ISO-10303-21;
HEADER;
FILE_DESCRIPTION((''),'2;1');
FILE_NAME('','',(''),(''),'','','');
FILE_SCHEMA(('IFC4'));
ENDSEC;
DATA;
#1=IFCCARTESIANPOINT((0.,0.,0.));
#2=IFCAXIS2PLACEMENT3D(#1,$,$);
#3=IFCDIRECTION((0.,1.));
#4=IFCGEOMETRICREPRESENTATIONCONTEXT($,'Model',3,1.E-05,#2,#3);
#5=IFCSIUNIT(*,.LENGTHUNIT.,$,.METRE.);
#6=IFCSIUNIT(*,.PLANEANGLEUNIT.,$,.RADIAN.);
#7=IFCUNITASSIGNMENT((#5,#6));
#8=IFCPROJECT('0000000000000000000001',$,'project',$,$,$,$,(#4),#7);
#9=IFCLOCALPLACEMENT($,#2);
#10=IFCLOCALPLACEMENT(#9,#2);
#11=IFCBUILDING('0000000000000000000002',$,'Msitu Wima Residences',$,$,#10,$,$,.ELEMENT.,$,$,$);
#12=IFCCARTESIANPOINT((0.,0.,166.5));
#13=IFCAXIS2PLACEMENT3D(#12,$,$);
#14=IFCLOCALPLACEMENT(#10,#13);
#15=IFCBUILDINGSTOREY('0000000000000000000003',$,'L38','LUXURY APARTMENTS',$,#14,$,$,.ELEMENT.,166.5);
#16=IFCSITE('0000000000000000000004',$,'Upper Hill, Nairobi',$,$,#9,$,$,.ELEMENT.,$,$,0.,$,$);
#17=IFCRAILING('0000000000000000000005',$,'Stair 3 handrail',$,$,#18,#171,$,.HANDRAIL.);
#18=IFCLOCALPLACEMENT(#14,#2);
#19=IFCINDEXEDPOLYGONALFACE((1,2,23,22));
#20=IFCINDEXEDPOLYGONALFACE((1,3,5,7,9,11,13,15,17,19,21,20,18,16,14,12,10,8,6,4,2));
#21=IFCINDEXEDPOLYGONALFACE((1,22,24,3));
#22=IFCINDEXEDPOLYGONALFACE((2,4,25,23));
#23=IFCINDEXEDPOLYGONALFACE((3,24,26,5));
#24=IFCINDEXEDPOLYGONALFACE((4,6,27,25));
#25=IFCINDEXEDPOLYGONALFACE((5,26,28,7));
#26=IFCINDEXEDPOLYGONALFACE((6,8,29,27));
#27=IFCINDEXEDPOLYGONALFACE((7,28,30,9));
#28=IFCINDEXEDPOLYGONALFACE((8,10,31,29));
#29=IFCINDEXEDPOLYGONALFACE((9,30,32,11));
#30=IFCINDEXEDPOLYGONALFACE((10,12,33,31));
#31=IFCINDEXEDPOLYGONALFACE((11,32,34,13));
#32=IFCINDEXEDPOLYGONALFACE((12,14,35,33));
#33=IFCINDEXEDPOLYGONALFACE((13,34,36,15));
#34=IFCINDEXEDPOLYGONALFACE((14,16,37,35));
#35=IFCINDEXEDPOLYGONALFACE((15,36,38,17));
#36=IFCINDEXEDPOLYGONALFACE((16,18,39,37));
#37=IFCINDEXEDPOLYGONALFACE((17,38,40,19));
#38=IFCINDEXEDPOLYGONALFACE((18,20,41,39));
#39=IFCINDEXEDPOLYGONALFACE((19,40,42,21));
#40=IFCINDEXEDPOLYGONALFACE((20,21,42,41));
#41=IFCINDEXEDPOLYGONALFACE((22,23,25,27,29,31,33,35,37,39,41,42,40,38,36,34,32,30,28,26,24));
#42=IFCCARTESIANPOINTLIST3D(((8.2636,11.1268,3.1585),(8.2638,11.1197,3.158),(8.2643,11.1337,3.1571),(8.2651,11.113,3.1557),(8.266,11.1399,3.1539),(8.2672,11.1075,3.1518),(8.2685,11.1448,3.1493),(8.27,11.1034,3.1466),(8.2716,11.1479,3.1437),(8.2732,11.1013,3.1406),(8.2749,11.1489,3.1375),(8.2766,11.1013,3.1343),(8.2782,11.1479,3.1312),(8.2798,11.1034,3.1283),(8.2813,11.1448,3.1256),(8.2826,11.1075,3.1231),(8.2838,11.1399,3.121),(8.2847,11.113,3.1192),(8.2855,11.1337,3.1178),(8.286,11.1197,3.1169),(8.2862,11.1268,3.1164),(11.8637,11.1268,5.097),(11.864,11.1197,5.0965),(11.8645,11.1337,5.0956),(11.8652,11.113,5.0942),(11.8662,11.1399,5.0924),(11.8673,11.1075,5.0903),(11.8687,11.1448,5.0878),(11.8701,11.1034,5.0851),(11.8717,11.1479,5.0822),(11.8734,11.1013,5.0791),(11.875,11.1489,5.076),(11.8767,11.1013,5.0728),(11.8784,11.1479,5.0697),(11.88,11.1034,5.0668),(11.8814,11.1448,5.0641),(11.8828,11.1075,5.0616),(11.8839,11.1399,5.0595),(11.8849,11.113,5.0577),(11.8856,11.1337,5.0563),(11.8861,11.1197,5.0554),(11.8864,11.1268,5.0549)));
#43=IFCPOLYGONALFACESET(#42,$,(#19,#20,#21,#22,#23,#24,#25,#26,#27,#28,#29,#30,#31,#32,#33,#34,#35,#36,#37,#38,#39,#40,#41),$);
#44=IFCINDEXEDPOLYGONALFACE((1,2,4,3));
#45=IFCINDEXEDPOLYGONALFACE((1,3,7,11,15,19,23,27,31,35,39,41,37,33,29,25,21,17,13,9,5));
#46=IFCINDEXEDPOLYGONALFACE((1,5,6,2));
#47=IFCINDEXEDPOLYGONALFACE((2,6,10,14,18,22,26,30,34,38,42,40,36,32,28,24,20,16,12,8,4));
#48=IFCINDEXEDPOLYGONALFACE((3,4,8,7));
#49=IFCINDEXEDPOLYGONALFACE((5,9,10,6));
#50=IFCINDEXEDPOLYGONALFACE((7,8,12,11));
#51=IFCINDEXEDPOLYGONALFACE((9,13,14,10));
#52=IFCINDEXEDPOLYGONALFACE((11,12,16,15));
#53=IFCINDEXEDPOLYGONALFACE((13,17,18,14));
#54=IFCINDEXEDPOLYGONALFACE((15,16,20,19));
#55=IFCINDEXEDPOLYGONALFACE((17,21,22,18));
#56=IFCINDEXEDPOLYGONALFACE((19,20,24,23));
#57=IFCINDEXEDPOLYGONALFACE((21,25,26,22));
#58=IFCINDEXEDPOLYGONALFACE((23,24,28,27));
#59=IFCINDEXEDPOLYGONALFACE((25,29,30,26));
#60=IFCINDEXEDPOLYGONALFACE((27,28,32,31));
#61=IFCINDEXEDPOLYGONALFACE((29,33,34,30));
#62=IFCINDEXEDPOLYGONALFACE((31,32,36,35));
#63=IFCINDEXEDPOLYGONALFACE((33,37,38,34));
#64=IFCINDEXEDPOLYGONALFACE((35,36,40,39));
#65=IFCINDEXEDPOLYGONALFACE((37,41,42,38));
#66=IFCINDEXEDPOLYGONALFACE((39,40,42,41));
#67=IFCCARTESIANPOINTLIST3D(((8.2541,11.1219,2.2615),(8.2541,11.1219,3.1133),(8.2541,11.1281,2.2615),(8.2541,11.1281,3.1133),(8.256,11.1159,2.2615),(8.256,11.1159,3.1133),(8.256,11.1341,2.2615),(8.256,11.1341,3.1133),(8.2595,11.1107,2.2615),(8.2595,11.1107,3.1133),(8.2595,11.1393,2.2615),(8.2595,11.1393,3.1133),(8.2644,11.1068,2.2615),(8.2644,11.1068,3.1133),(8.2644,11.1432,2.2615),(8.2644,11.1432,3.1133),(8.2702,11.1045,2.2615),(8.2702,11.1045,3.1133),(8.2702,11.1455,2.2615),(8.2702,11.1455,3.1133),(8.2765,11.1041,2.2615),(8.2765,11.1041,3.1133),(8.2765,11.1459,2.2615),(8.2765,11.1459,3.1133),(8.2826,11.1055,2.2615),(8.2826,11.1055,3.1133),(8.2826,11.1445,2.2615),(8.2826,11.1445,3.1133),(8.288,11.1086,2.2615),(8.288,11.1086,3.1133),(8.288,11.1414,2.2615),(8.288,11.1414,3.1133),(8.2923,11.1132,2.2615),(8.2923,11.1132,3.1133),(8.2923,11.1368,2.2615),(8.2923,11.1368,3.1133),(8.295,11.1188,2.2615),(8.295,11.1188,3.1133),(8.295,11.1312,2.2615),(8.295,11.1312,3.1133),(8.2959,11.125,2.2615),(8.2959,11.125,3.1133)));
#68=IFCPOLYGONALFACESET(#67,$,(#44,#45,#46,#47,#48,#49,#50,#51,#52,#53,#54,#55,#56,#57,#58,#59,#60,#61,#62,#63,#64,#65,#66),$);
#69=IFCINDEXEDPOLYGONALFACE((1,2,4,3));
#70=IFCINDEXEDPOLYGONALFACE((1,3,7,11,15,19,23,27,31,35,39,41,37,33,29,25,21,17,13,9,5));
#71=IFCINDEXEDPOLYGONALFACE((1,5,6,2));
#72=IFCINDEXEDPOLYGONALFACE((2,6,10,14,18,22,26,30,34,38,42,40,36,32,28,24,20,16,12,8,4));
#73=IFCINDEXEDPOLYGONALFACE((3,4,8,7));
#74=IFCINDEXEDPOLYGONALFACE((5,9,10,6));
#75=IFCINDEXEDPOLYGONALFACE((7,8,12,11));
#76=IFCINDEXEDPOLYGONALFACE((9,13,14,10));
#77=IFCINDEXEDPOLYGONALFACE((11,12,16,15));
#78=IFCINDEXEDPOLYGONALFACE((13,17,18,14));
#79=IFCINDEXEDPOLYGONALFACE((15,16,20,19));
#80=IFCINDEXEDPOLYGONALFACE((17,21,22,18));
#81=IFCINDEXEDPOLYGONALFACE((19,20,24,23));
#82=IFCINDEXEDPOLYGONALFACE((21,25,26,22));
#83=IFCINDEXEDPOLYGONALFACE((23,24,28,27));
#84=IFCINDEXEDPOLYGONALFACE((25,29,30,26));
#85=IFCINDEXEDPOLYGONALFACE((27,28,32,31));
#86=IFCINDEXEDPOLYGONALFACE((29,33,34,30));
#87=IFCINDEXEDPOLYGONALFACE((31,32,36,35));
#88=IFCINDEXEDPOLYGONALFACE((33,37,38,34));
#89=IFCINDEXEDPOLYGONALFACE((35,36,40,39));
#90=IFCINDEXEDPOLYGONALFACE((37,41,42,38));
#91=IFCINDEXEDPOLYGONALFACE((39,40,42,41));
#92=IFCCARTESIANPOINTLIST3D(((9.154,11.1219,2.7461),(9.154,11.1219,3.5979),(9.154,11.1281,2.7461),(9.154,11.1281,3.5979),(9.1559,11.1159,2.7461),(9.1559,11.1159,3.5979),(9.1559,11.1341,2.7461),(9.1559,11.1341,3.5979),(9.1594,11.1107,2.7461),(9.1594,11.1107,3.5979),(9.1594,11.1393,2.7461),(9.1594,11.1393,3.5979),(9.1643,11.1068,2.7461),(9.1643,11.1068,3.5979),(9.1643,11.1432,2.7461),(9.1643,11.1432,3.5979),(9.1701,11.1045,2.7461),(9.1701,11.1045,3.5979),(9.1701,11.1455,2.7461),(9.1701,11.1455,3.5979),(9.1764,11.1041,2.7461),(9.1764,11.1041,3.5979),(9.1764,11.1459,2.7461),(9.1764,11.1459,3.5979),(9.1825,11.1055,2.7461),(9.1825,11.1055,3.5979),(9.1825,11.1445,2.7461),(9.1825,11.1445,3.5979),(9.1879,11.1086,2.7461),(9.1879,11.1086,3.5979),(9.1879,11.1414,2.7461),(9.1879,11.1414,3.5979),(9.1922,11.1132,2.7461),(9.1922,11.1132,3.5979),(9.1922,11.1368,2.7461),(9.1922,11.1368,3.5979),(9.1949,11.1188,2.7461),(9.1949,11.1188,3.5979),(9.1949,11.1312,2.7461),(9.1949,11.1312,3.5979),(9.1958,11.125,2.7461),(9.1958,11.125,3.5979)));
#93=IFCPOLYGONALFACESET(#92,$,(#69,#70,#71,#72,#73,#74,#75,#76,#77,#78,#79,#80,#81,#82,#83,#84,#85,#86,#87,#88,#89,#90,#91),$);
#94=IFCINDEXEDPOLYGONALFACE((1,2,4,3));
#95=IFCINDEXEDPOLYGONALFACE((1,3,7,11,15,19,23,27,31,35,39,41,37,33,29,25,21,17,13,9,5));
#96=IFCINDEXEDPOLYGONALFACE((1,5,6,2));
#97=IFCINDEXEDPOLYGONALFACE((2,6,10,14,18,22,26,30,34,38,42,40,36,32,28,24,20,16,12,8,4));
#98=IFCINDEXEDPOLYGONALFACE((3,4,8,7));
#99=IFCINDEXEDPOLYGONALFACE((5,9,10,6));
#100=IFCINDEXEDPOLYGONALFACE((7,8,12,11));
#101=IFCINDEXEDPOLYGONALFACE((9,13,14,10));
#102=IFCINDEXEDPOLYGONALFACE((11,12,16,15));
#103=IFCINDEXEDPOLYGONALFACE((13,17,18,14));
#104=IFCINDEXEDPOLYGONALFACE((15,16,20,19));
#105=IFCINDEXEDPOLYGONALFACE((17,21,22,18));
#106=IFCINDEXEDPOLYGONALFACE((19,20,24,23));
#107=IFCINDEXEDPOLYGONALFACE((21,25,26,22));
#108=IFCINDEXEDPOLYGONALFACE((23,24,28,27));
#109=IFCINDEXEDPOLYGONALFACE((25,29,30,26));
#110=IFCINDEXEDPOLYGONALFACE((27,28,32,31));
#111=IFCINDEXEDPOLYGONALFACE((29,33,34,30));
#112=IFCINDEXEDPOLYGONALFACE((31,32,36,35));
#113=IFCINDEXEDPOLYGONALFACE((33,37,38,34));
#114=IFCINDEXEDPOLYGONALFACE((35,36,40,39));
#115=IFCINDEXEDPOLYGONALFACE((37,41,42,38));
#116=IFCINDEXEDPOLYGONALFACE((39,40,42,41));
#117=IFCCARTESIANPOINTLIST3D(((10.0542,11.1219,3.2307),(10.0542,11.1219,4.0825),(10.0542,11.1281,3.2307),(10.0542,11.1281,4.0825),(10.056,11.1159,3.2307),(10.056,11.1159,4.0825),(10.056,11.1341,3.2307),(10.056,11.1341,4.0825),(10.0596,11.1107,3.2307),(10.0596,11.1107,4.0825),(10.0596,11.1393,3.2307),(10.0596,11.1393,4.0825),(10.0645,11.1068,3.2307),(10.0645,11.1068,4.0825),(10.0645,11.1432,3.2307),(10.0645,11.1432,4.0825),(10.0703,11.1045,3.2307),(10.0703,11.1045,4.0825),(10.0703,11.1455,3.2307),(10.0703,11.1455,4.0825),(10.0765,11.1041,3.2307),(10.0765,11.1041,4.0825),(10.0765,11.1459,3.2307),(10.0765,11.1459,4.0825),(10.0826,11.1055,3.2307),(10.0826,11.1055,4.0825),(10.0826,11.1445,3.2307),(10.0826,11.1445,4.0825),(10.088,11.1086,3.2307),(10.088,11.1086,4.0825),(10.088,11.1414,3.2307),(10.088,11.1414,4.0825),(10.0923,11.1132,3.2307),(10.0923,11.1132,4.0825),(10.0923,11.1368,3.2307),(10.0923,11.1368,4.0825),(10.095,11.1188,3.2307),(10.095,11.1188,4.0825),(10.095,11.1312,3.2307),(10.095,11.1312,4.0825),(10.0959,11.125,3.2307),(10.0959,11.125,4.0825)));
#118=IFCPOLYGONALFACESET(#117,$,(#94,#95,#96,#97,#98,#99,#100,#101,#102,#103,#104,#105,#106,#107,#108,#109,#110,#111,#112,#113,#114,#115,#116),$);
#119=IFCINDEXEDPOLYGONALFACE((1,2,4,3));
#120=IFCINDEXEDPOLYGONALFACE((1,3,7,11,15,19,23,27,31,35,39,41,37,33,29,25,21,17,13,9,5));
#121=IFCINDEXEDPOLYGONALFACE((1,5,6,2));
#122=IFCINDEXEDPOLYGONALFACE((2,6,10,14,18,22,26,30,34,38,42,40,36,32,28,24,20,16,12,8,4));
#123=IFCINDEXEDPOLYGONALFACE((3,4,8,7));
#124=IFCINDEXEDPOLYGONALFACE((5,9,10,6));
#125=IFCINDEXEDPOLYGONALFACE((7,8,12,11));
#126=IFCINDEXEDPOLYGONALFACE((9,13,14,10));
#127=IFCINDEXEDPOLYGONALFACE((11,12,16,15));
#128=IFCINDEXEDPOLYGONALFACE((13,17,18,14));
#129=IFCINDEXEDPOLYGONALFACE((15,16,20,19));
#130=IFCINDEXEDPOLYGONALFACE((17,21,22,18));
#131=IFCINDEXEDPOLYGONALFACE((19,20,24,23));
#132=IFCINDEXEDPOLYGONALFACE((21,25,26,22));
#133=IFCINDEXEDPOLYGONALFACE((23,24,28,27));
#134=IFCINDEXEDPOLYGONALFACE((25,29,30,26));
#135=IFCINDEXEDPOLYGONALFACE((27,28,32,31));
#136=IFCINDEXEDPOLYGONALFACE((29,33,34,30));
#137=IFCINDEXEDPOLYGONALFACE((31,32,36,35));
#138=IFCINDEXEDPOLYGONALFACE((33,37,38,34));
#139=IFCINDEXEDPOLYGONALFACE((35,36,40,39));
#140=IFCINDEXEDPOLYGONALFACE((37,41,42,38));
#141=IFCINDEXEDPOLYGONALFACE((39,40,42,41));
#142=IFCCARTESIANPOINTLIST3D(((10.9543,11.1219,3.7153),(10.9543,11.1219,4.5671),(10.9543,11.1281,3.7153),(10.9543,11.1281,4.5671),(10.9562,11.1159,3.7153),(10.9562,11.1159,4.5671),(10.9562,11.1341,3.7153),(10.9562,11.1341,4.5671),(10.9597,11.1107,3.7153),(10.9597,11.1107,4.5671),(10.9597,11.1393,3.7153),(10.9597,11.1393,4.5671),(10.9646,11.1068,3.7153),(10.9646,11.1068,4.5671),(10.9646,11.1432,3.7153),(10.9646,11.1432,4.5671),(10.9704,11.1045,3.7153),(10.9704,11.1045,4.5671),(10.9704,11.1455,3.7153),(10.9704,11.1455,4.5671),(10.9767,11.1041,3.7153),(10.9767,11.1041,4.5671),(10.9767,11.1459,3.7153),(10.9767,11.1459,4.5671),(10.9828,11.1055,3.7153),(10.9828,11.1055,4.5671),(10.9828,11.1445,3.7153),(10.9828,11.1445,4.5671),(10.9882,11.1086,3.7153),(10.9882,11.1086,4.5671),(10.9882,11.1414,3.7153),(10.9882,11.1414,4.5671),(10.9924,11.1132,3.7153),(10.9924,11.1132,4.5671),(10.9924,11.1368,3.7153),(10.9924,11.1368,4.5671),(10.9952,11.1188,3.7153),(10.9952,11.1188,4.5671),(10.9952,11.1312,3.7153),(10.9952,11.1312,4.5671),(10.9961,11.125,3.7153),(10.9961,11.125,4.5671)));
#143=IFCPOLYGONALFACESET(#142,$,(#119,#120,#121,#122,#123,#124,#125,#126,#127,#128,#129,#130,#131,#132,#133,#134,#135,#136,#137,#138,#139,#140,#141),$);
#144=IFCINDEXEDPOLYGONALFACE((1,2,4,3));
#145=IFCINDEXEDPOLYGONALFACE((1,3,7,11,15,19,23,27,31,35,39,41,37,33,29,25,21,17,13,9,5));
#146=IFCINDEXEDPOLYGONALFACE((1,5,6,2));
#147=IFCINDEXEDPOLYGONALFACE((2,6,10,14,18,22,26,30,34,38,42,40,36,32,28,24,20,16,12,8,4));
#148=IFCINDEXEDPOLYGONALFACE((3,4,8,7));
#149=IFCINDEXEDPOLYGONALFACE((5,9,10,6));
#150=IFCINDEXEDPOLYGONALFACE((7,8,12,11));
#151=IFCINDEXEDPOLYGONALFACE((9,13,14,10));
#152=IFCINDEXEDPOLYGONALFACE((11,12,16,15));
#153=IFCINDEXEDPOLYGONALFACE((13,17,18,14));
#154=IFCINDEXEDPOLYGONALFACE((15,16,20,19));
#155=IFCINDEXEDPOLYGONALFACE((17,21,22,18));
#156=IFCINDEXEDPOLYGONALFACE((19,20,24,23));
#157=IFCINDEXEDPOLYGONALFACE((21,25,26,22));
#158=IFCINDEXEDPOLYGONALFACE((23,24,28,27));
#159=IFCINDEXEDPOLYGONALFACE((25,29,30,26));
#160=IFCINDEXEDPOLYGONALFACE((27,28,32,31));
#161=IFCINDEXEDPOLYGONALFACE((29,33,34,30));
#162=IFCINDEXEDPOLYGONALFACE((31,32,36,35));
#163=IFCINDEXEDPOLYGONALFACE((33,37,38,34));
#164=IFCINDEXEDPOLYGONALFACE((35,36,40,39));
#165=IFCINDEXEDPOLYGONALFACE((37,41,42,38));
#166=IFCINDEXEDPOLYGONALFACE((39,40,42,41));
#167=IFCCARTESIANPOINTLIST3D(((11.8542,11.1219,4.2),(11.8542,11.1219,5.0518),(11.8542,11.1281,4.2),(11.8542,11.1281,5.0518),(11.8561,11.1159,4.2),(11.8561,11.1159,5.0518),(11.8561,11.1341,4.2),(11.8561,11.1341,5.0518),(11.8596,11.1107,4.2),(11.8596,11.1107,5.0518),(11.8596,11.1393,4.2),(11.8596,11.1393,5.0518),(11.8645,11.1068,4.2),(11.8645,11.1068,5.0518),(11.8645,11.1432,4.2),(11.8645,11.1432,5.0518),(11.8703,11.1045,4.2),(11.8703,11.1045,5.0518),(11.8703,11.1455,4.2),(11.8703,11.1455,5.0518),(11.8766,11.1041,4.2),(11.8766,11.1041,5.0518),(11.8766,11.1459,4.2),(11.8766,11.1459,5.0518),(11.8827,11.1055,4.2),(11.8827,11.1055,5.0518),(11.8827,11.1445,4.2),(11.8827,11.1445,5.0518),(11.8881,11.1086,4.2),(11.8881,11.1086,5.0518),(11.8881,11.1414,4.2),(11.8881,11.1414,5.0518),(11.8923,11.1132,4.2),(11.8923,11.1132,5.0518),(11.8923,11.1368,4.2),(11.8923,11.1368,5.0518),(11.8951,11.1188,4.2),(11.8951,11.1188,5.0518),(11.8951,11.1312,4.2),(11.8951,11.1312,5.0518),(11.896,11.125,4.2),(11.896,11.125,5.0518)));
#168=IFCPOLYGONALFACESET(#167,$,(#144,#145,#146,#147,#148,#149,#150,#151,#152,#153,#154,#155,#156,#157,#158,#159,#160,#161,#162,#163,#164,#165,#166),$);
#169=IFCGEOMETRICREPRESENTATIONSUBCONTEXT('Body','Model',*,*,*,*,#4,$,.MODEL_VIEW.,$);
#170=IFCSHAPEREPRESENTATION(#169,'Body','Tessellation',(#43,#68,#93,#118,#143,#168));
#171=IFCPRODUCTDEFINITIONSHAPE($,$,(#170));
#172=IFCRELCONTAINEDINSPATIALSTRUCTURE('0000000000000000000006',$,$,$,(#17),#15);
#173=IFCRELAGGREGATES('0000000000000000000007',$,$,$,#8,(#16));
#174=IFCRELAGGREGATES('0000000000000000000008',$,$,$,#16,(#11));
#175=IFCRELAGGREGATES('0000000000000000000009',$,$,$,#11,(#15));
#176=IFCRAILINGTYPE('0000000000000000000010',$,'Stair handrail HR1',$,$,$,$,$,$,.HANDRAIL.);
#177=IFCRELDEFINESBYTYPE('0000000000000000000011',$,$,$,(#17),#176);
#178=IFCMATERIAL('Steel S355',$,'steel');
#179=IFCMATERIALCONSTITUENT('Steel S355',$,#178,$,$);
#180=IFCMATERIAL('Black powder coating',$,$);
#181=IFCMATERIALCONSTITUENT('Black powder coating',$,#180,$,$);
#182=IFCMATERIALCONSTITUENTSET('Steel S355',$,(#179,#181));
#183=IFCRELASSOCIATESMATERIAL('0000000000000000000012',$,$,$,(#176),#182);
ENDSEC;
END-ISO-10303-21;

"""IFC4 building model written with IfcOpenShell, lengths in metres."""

from ifc_helpers import new_model, si_unit, direction, frame, origin, origin_2d, place, context, subcontext, project, spatial, circle, extrude, material, constituent, constituent_set, type_object, element, save


model = new_model("IFC4")

# Units and contexts
model_context = context("Model", 3, precision=1e-05, world=origin(), true_north=direction((0.0, 1.0)))
body_context = subcontext(model_context, "Body", "Model", "MODEL_VIEW")
ifc_project = project(units=[si_unit("LENGTHUNIT", "METRE"), si_unit("PLANEANGLEUNIT", "RADIAN")], contexts=[model_context])

# Site, building, storey
site_placement = place(None, origin())
site = spatial("IfcSite", under=ifc_project, at=site_placement, Name="Upper Hill, Nairobi", CompositionType="ELEMENT", RefElevation=0.0)
building_placement = place(site_placement, origin())
building = spatial("IfcBuilding", under=site, at=building_placement, Name="Msitu Wima Residences", CompositionType="ELEMENT")
storey_placement = place(building_placement, frame((0.0, 0.0, 166.5)))
storey = spatial("IfcBuildingStorey", under=building, at=storey_placement, Name="L38", Description="LUXURY APARTMENTS", CompositionType="ELEMENT", Elevation=166.5)

# Railing
ifc_material_1 = material(Name="Steel S355", Category="steel")
ifc_constituent_1 = constituent(ifc_material_1, Name="Steel S355")
ifc_material_2 = material(Name="Black powder coating")
ifc_constituent_2 = constituent(ifc_material_2, Name="Black powder coating")
ifc_constituent_set = constituent_set(constituents=[ifc_constituent_1, ifc_constituent_2], Name="Steel S355")
railing_type = type_object("IfcRailingType", Name="Stair handrail HR1", PredefinedType="HANDRAIL", material=ifc_constituent_set)
for number, where, name in (
    (1, (8.2749, 11.125, 2.2615), "Stair 3 handrail"),
):
    element("IfcRailing", number, at=place(storey_placement, frame(where)), inside=storey, type_object=railing_type, Name=name, PredefinedType="HANDRAIL", context=body_context, shape_type="SweptSolid", body=[
        extrude(circle(Radius=0.0239, at=origin_2d()), frame((0.0, 0.0, 0.876), z_axis=(0.880475, 0.0, 0.474093), x_axis=(0.0, 1.0, 0.0)), (0.0, 0.0, 1.0), 4.0889),
        extrude(circle(Radius=0.021, at=origin_2d()), origin(), (0.0, 0.0, 1.0), 0.8518),
        extrude(circle(Radius=0.021, at=origin_2d()), frame((0.8999, 0.0, 0.4846)), (0.0, 0.0, 1.0), 0.8518),
        extrude(circle(Radius=0.021, at=origin_2d()), frame((1.8, 0.0, 0.9692)), (0.0, 0.0, 1.0), 0.8518),
        extrude(circle(Radius=0.021, at=origin_2d()), frame((2.7002, 0.0, 1.4539)), (0.0, 0.0, 1.0), 0.8518),
        extrude(circle(Radius=0.021, at=origin_2d()), frame((3.6001, 0.0, 1.9385)), (0.0, 0.0, 1.0), 0.8518),
    ])

save(model, "model.ifc")
